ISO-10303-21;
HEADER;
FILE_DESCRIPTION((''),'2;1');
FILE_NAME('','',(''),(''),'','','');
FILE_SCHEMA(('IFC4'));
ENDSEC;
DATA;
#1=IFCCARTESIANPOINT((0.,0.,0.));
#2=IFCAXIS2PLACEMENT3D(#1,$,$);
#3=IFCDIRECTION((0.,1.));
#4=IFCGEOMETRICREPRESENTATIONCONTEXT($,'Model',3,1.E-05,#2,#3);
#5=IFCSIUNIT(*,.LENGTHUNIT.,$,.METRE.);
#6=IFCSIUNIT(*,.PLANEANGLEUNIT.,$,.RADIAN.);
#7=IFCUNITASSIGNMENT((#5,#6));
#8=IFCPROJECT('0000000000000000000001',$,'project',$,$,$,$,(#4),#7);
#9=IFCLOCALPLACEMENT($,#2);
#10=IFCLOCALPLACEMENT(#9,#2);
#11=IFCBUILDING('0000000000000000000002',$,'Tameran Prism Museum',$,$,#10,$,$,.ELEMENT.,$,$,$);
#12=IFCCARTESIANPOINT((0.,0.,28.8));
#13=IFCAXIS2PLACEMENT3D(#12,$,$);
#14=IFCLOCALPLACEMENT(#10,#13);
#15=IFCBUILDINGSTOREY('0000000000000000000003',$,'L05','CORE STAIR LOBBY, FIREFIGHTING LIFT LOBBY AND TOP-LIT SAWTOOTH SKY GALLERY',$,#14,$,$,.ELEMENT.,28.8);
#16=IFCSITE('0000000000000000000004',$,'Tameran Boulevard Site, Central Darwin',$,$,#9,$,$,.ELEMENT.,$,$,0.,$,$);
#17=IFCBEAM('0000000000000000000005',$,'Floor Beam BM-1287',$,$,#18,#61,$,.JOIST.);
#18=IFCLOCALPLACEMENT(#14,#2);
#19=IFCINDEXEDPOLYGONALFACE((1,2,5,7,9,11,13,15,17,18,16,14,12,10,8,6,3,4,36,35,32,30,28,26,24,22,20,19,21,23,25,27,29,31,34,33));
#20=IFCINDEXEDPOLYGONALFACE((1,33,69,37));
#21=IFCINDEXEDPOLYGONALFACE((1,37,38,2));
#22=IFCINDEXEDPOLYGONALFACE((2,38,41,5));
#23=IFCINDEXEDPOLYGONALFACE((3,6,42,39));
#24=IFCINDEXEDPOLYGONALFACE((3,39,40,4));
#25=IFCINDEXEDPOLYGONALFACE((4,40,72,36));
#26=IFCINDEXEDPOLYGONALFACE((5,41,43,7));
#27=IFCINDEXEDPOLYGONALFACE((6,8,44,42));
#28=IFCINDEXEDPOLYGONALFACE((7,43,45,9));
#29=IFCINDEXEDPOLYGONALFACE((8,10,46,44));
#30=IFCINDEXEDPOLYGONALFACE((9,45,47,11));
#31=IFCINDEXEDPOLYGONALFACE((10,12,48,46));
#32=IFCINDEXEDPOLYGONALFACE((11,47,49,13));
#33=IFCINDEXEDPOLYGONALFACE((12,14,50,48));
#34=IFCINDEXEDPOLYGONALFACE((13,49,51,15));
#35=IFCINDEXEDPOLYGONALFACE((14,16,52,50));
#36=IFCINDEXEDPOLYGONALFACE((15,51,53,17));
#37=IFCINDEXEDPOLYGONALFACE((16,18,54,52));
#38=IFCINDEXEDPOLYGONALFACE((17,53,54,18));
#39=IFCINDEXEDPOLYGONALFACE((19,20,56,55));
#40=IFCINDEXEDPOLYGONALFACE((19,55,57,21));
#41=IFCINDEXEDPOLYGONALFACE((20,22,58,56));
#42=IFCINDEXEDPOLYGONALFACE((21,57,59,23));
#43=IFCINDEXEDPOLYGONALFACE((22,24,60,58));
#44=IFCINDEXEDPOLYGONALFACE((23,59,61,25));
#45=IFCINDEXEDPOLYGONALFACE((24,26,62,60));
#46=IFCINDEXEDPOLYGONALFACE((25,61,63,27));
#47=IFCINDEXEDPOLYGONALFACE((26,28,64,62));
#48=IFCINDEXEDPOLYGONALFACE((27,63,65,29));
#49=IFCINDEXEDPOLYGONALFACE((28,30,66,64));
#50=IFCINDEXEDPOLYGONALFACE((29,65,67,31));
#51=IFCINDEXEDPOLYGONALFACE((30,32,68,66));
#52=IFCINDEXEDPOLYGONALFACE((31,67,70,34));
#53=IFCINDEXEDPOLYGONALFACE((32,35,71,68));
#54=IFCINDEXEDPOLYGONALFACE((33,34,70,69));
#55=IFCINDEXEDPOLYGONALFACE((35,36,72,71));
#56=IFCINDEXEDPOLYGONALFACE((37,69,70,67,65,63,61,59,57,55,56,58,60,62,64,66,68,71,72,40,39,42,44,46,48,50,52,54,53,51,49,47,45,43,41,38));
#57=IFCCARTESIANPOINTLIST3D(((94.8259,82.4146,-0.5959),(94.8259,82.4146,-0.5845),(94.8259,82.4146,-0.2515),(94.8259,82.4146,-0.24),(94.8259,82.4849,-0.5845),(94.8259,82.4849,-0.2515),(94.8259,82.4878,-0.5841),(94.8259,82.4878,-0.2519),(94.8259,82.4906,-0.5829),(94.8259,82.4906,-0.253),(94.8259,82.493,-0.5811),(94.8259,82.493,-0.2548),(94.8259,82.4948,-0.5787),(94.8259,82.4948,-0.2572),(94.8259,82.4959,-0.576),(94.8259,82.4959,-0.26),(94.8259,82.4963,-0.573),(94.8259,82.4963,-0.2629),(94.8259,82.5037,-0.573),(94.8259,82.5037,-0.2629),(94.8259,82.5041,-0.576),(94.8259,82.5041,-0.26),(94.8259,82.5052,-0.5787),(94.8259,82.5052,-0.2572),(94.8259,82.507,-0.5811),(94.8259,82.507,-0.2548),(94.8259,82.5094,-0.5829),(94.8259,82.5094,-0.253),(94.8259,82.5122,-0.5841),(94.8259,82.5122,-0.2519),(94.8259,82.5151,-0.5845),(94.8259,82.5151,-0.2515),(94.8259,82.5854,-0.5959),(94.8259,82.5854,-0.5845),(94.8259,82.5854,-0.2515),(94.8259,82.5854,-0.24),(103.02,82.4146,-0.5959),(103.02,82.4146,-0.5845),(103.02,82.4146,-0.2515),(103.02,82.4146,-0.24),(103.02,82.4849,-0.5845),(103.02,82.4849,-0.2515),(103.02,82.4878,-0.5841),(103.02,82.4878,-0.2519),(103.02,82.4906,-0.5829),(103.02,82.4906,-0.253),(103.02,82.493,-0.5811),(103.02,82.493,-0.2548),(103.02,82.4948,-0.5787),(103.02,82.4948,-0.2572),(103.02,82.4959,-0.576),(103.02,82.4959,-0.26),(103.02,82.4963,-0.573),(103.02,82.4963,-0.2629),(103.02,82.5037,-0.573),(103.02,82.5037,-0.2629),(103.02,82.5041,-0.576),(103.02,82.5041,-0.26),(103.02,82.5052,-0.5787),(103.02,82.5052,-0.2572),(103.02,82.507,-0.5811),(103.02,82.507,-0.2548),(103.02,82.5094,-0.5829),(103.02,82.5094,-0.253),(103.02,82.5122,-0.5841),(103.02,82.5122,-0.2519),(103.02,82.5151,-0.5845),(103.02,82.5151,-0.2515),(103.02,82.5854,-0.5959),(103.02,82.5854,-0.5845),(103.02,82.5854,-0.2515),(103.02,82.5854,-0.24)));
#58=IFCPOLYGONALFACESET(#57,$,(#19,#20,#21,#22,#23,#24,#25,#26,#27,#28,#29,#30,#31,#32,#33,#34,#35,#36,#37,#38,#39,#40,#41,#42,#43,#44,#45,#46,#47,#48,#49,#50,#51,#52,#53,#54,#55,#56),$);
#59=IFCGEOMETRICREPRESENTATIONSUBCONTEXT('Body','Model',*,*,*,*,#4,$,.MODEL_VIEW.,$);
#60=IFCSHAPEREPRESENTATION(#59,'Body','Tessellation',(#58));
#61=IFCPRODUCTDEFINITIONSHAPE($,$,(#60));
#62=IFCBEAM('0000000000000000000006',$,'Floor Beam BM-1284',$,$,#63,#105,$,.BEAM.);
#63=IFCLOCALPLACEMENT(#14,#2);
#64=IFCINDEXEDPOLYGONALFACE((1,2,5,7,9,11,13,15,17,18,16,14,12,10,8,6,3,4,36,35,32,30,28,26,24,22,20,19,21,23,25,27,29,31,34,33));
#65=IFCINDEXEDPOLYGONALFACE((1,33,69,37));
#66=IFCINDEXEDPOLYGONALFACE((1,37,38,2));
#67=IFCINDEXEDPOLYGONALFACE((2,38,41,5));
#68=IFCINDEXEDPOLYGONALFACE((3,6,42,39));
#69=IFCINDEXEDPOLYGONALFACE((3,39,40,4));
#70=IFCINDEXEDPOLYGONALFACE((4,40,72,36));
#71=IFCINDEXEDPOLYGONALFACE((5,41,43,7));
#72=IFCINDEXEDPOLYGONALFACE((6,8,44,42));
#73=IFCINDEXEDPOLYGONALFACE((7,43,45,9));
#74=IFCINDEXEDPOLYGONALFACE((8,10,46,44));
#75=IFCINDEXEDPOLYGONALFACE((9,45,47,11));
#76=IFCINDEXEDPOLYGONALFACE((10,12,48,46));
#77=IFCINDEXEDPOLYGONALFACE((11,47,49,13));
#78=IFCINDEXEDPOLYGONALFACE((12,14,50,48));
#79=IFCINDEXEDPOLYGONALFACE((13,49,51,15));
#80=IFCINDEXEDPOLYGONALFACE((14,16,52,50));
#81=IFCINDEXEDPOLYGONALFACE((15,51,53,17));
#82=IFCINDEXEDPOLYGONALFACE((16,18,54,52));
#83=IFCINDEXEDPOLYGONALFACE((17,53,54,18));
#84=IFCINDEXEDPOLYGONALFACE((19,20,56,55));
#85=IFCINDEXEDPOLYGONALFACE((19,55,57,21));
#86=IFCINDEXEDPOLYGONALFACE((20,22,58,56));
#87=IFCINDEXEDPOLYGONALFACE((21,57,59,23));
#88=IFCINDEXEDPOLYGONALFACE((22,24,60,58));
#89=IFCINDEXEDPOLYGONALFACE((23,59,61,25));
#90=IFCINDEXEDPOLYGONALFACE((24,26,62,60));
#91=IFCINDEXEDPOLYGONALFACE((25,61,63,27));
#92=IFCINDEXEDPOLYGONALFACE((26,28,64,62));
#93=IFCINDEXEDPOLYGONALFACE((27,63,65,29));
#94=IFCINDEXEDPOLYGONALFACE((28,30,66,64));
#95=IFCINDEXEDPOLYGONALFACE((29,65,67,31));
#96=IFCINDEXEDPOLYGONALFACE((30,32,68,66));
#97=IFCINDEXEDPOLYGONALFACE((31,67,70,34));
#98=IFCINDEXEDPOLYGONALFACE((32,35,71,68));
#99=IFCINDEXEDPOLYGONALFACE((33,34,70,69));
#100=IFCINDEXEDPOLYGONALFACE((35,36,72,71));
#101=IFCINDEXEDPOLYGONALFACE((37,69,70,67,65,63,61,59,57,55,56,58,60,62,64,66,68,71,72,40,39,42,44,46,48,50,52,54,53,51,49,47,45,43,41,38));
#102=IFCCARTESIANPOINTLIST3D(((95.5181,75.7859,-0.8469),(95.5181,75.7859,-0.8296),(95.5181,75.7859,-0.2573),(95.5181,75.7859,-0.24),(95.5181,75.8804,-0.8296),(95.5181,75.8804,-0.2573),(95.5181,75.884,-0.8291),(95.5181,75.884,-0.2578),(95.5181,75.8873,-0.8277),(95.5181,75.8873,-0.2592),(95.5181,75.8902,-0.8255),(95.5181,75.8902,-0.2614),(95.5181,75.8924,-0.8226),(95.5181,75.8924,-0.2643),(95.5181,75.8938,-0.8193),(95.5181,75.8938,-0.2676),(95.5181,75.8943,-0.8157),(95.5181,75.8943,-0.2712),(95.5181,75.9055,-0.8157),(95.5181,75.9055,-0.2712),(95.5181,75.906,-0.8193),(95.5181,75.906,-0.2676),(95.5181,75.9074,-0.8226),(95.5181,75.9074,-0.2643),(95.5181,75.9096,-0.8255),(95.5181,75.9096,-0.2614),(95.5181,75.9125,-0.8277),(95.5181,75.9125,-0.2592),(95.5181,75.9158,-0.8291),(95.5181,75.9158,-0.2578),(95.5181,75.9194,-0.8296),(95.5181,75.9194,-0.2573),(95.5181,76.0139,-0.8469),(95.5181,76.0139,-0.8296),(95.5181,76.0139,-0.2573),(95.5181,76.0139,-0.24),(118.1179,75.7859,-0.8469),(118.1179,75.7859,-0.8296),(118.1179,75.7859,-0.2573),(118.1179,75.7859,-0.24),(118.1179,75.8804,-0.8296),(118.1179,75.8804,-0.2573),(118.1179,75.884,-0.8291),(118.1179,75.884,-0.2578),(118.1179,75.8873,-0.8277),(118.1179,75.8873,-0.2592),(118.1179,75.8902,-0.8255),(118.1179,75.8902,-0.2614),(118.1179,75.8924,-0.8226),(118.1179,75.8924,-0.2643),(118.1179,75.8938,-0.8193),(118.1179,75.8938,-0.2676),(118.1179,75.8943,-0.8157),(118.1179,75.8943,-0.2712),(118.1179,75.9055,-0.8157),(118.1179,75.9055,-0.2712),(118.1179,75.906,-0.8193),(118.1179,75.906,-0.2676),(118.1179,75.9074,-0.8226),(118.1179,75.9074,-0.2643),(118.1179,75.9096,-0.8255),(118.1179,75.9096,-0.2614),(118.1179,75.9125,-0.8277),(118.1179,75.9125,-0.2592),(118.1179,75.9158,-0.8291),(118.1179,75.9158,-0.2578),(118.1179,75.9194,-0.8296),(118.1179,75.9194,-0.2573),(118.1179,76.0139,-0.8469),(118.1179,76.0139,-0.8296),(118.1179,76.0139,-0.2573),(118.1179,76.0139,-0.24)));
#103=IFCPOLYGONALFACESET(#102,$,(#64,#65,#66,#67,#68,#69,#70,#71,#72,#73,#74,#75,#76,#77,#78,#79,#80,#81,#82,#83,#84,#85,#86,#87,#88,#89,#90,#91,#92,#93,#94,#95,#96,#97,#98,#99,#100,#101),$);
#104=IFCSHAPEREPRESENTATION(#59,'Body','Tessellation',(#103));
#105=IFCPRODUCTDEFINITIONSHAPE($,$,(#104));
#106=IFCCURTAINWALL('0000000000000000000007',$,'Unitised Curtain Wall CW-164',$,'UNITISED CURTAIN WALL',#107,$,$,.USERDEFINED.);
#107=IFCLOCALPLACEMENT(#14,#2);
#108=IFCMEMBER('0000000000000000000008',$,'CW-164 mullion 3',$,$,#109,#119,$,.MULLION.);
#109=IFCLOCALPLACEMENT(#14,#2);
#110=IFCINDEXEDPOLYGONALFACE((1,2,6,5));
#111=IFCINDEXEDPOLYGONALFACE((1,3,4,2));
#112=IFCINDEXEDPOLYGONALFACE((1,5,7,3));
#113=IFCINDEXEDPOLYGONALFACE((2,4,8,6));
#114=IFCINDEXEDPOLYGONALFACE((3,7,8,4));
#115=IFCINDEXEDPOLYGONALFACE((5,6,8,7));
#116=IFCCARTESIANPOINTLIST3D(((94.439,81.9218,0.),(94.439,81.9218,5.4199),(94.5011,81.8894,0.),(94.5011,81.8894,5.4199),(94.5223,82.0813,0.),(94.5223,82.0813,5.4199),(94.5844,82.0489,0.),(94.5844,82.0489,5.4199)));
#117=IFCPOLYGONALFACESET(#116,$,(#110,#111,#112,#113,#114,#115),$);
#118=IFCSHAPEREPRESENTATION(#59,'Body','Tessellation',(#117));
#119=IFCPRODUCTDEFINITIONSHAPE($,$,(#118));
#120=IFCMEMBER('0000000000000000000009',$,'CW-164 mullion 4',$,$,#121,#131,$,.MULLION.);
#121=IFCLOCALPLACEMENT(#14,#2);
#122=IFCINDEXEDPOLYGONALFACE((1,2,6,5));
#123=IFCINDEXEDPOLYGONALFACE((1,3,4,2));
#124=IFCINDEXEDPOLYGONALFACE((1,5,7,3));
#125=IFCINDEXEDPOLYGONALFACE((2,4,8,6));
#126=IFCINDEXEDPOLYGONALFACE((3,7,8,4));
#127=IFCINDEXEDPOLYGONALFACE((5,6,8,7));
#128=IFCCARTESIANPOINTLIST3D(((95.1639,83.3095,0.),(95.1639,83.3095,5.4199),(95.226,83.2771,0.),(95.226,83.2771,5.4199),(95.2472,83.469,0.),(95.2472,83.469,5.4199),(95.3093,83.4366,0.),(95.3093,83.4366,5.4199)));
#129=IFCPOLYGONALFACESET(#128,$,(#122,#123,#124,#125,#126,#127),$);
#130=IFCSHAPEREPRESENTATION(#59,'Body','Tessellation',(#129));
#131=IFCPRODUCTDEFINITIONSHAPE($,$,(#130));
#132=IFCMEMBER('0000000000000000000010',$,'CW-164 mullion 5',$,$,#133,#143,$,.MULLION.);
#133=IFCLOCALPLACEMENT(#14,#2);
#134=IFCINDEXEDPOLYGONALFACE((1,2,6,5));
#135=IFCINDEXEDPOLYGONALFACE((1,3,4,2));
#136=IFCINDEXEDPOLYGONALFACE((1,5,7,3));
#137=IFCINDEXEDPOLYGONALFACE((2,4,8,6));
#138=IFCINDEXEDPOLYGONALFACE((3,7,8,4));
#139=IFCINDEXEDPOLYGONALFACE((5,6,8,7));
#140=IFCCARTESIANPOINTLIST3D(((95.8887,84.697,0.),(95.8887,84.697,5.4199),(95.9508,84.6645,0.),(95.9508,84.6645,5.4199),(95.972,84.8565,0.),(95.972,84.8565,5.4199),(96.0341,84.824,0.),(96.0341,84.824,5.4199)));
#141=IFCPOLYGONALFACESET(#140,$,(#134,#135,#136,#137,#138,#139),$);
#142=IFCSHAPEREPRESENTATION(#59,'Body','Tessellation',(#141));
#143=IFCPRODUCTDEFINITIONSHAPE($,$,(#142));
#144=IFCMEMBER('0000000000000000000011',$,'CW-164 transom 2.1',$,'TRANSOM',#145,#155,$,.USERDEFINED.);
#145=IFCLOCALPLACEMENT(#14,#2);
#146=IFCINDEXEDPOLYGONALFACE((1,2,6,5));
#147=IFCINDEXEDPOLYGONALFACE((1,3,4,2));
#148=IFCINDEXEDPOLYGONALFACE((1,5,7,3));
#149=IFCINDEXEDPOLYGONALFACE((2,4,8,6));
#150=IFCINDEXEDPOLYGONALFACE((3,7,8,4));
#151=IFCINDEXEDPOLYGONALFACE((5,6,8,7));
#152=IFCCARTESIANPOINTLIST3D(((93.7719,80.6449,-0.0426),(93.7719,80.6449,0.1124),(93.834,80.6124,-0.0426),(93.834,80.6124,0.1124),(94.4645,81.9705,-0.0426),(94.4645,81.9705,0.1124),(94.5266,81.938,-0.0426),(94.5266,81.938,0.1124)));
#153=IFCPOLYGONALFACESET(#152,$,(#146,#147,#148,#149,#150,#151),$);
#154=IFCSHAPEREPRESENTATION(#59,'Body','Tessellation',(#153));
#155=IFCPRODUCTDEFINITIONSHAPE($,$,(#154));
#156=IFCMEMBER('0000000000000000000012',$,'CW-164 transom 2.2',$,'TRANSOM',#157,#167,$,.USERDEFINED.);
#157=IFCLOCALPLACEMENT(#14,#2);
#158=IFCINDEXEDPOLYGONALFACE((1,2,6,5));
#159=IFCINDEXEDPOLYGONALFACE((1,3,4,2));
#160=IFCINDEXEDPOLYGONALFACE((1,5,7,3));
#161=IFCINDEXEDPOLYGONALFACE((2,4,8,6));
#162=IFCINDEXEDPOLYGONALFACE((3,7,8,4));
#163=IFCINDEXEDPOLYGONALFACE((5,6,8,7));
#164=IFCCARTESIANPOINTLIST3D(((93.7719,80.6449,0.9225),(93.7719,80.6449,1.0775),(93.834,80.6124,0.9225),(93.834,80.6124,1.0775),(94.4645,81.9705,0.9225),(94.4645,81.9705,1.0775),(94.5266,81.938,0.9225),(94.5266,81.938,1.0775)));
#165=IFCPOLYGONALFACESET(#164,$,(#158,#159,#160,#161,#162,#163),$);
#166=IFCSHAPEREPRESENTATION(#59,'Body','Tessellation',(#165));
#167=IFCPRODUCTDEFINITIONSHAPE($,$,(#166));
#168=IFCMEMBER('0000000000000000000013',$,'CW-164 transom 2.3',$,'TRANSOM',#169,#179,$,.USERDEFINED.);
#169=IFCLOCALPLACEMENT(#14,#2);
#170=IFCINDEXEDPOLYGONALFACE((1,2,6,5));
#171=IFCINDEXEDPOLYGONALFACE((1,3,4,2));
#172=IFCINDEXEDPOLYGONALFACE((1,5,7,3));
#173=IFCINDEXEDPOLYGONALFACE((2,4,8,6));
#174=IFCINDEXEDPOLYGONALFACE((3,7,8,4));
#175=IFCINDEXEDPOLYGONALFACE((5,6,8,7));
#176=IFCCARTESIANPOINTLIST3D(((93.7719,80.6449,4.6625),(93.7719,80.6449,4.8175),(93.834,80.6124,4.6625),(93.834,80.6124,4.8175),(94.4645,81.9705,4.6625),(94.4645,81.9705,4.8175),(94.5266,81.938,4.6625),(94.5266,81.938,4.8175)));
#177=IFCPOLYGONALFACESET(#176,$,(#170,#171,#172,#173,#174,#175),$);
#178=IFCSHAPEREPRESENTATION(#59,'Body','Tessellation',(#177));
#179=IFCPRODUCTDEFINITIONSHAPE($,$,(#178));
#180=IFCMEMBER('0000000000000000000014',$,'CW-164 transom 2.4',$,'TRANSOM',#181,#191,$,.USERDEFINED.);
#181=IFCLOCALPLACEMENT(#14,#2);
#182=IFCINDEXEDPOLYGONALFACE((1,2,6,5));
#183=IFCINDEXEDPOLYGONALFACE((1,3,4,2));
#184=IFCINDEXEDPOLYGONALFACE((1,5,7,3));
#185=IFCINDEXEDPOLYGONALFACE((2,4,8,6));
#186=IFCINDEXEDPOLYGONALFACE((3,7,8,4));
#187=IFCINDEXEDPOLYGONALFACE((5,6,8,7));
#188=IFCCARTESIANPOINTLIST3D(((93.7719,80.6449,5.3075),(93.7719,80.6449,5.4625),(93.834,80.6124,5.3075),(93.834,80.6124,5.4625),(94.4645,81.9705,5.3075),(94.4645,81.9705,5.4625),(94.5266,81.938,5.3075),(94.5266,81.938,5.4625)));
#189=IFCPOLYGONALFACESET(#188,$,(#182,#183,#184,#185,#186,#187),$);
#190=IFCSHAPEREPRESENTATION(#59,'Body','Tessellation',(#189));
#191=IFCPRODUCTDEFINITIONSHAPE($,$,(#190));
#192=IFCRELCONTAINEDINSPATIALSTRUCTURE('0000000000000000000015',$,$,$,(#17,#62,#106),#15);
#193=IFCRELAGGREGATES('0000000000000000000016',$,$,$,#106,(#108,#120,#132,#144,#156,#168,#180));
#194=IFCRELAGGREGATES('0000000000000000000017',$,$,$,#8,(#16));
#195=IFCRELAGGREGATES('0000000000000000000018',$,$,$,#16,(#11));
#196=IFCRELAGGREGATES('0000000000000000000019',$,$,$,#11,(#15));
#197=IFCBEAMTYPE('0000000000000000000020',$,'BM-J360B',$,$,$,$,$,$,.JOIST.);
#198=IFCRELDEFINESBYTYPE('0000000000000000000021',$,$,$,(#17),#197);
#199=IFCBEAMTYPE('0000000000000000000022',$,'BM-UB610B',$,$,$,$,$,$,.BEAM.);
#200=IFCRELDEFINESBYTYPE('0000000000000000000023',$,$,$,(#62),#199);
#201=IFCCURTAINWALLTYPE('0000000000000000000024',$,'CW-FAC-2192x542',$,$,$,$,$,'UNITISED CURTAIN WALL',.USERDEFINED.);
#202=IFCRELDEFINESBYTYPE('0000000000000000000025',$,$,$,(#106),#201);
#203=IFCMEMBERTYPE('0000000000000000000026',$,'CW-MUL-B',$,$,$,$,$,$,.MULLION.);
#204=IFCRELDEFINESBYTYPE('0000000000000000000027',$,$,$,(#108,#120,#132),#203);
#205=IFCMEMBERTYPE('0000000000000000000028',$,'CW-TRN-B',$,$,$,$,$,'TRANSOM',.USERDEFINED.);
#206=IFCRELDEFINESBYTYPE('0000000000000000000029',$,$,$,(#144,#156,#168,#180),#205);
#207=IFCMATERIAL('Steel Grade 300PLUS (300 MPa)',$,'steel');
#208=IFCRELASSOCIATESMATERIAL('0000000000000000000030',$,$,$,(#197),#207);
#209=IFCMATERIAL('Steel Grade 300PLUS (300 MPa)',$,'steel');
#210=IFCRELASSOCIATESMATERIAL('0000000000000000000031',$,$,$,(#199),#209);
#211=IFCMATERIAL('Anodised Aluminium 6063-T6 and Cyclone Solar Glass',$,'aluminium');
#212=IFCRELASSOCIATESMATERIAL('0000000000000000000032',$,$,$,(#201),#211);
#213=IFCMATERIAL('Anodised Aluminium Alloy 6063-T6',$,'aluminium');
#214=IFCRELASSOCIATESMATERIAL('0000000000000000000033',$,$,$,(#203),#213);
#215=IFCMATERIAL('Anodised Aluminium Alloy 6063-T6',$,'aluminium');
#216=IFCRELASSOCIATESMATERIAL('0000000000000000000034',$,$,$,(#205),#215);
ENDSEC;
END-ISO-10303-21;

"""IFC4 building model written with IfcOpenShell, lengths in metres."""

from ifc_helpers import new_model, si_unit, direction, frame, origin, origin_2d, place, context, subcontext, project, spatial, rectangle, i_section, extrude, material, material_profile, profile_set, type_object, element, aggregate, save


model = new_model("IFC4")

# Units and contexts
model_context = context("Model", 3, precision=1e-05, world=origin(), true_north=direction((0.0, 1.0)))
body_context = subcontext(model_context, "Body", "Model", "MODEL_VIEW")
ifc_project = project(units=[si_unit("LENGTHUNIT", "METRE"), si_unit("PLANEANGLEUNIT", "RADIAN")], contexts=[model_context])

# Site, building, storey
site_placement = place(None, origin())
site = spatial("IfcSite", under=ifc_project, at=site_placement, Name="Tameran Boulevard Site, Central Darwin", CompositionType="ELEMENT", RefElevation=0.0)
building_placement = place(site_placement, origin())
building = spatial("IfcBuilding", under=site, at=building_placement, Name="Tameran Prism Museum", CompositionType="ELEMENT")
storey_placement = place(building_placement, frame((0.0, 0.0, 28.8)))
storey = spatial("IfcBuildingStorey", under=building, at=storey_placement, Name="L05", Description="CORE STAIR LOBBY, FIREFIGHTING LIFT LOBBY AND TOP-LIT SAWTOOTH SKY GALLERY", CompositionType="ELEMENT", Elevation=28.8)

# Beams
ifc_material_1 = material(Name="Steel Grade 300PLUS (300 MPa)", Category="steel")
ifc_material_profile_1 = material_profile(ifc_material_1, i_section(OverallWidth=0.1709, OverallDepth=0.356, WebThickness=0.0073, FlangeThickness=0.0115, FilletRadius=0.0115, at=origin_2d()))
ifc_profile_set_1 = profile_set([ifc_material_profile_1])
beam_type_1 = type_object("IfcBeamType", Name="BM-J360B", PredefinedType="JOIST", material=ifc_profile_set_1)
beam_1_placement = place(storey_placement, frame((94.8259, 82.5, -0.418), z_axis=(1.0, 0.0, 0.0), x_axis=(0.0, 1.0, 0.0)))
element("IfcBeam", 1, at=beam_1_placement, inside=storey, type_object=beam_type_1, Name="Floor Beam BM-1287", PredefinedType="JOIST", context=body_context, shape_type="SweptSolid", body=[
    extrude(i_section(OverallWidth=0.1709, OverallDepth=0.356, WebThickness=0.0073, FlangeThickness=0.0115, FilletRadius=0.0115, at=origin_2d()), origin(), (0.0, 0.0, 1.0), 8.1941),
])
ifc_material_2 = material(Name="Steel Grade 300PLUS (300 MPa)", Category="steel")
ifc_material_profile_2 = material_profile(ifc_material_2, i_section(OverallWidth=0.228, OverallDepth=0.6069, WebThickness=0.0112, FlangeThickness=0.0173, FilletRadius=0.0139, at=origin_2d()))
ifc_profile_set_2 = profile_set([ifc_material_profile_2])
beam_type_2 = type_object("IfcBeamType", Name="BM-UB610B", PredefinedType="BEAM", material=ifc_profile_set_2)
beam_2_placement = place(storey_placement, frame((95.5181, 75.8999, -0.5435), z_axis=(1.0, 0.0, 0.0), x_axis=(0.0, 1.0, 0.0)))
element("IfcBeam", 2, at=beam_2_placement, inside=storey, type_object=beam_type_2, Name="Floor Beam BM-1284", PredefinedType="BEAM", context=body_context, shape_type="SweptSolid", body=[
    extrude(i_section(OverallWidth=0.228, OverallDepth=0.6069, WebThickness=0.0112, FlangeThickness=0.0173, FilletRadius=0.0139, at=origin_2d()), origin(), (0.0, 0.0, 1.0), 22.5999),
])

# Curtain wall, members
ifc_material_3 = material(Name="Anodised Aluminium 6063-T6 and Cyclone Solar Glass", Category="aluminium")
curtain_wall_type = type_object("IfcCurtainWallType", Name="CW-FAC-2192x542", ElementType="UNITISED CURTAIN WALL", PredefinedType="USERDEFINED", material=ifc_material_3)
curtain_wall_placement = place(storey_placement, origin())
curtain_wall = element("IfcCurtainWall", 3, at=curtain_wall_placement, inside=storey, type_object=curtain_wall_type, Name="Unitised Curtain Wall CW-164", ObjectType="UNITISED CURTAIN WALL", PredefinedType="USERDEFINED")
ifc_material_4 = material(Name="Anodised Aluminium Alloy 6063-T6", Category="aluminium")
ifc_material_profile_3 = material_profile(ifc_material_4, rectangle(XDim=0.0701, YDim=0.1799, at=origin_2d()))
ifc_profile_set_3 = profile_set([ifc_material_profile_3])
member_type_1 = type_object("IfcMemberType", Name="CW-MUL-B", PredefinedType="MULLION", material=ifc_profile_set_3)
member_1_placement = place(storey_placement, frame((94.5117, 81.9854, 0.0), z_axis=(0.0, 0.0, 1.0), x_axis=(-0.886357, 0.463003, 0.0)))
member_1 = element("IfcMember", 4, at=member_1_placement, type_object=member_type_1, Name="CW-164 mullion 3", PredefinedType="MULLION", context=body_context, shape_type="SweptSolid", body=[
    extrude(rectangle(XDim=0.0701, YDim=0.1799, at=origin_2d()), origin(), (0.0, 0.0, 1.0), 5.4199),
])
member_2_placement = place(storey_placement, frame((95.2366, 83.373, 0.0), z_axis=(0.0, 0.0, 1.0), x_axis=(-0.886357, 0.463003, 0.0)))
member_2 = element("IfcMember", 5, at=member_2_placement, type_object=member_type_1, Name="CW-164 mullion 4", PredefinedType="MULLION", context=body_context, shape_type="SweptSolid", body=[
    extrude(rectangle(XDim=0.0701, YDim=0.1799, at=origin_2d()), origin(), (0.0, 0.0, 1.0), 5.4199),
])
member_3_placement = place(storey_placement, frame((95.9614, 84.7605, 0.0), z_axis=(0.0, 0.0, 1.0), x_axis=(-0.886357, 0.463003, 0.0)))
member_3 = element("IfcMember", 6, at=member_3_placement, type_object=member_type_1, Name="CW-164 mullion 5", PredefinedType="MULLION", context=body_context, shape_type="SweptSolid", body=[
    extrude(rectangle(XDim=0.0701, YDim=0.1799, at=origin_2d()), origin(), (0.0, 0.0, 1.0), 5.4199),
])
ifc_material_5 = material(Name="Anodised Aluminium Alloy 6063-T6", Category="aluminium")
ifc_material_profile_4 = material_profile(ifc_material_5, rectangle(XDim=0.0701, YDim=0.155, at=origin_2d()))
ifc_profile_set_4 = profile_set([ifc_material_profile_4])
member_type_2 = type_object("IfcMemberType", Name="CW-TRN-B", ElementType="TRANSOM", PredefinedType="USERDEFINED", material=ifc_profile_set_4)
member_4_placement = place(storey_placement, frame((93.803, 80.6287, 0.0349), z_axis=(0.463074, 0.88632, 0.0), x_axis=(-0.88632, 0.463074, 0.0)))
member_4 = element("IfcMember", 7, at=member_4_placement, type_object=member_type_2, Name="CW-164 transom 2.1", ObjectType="TRANSOM", PredefinedType="USERDEFINED", context=body_context, shape_type="SweptSolid", body=[
    extrude(rectangle(XDim=0.0701, YDim=0.155, at=origin_2d()), origin(), (0.0, 0.0, 1.0), 1.4956),
])
member_5_placement = place(storey_placement, frame((93.803, 80.6287, 1.0), z_axis=(0.463074, 0.88632, 0.0), x_axis=(-0.88632, 0.463074, 0.0)))
member_5 = element("IfcMember", 8, at=member_5_placement, type_object=member_type_2, Name="CW-164 transom 2.2", ObjectType="TRANSOM", PredefinedType="USERDEFINED", context=body_context, shape_type="SweptSolid", body=[
    extrude(rectangle(XDim=0.0701, YDim=0.155, at=origin_2d()), origin(), (0.0, 0.0, 1.0), 1.4956),
])
member_6_placement = place(storey_placement, frame((93.803, 80.6287, 4.74), z_axis=(0.463074, 0.88632, 0.0), x_axis=(-0.88632, 0.463074, 0.0)))
member_6 = element("IfcMember", 9, at=member_6_placement, type_object=member_type_2, Name="CW-164 transom 2.3", ObjectType="TRANSOM", PredefinedType="USERDEFINED", context=body_context, shape_type="SweptSolid", body=[
    extrude(rectangle(XDim=0.0701, YDim=0.155, at=origin_2d()), origin(), (0.0, 0.0, 1.0), 1.4956),
])
member_7_placement = place(storey_placement, frame((93.803, 80.6287, 5.385), z_axis=(0.463074, 0.88632, 0.0), x_axis=(-0.88632, 0.463074, 0.0)))
member_7 = element("IfcMember", 10, at=member_7_placement, type_object=member_type_2, Name="CW-164 transom 2.4", ObjectType="TRANSOM", PredefinedType="USERDEFINED", context=body_context, shape_type="SweptSolid", body=[
    extrude(rectangle(XDim=0.0701, YDim=0.155, at=origin_2d()), origin(), (0.0, 0.0, 1.0), 1.4956),
])
aggregate(curtain_wall, [member_1, member_2, member_3, member_4, member_5, member_6, member_7])

save(model, "model.ifc")
